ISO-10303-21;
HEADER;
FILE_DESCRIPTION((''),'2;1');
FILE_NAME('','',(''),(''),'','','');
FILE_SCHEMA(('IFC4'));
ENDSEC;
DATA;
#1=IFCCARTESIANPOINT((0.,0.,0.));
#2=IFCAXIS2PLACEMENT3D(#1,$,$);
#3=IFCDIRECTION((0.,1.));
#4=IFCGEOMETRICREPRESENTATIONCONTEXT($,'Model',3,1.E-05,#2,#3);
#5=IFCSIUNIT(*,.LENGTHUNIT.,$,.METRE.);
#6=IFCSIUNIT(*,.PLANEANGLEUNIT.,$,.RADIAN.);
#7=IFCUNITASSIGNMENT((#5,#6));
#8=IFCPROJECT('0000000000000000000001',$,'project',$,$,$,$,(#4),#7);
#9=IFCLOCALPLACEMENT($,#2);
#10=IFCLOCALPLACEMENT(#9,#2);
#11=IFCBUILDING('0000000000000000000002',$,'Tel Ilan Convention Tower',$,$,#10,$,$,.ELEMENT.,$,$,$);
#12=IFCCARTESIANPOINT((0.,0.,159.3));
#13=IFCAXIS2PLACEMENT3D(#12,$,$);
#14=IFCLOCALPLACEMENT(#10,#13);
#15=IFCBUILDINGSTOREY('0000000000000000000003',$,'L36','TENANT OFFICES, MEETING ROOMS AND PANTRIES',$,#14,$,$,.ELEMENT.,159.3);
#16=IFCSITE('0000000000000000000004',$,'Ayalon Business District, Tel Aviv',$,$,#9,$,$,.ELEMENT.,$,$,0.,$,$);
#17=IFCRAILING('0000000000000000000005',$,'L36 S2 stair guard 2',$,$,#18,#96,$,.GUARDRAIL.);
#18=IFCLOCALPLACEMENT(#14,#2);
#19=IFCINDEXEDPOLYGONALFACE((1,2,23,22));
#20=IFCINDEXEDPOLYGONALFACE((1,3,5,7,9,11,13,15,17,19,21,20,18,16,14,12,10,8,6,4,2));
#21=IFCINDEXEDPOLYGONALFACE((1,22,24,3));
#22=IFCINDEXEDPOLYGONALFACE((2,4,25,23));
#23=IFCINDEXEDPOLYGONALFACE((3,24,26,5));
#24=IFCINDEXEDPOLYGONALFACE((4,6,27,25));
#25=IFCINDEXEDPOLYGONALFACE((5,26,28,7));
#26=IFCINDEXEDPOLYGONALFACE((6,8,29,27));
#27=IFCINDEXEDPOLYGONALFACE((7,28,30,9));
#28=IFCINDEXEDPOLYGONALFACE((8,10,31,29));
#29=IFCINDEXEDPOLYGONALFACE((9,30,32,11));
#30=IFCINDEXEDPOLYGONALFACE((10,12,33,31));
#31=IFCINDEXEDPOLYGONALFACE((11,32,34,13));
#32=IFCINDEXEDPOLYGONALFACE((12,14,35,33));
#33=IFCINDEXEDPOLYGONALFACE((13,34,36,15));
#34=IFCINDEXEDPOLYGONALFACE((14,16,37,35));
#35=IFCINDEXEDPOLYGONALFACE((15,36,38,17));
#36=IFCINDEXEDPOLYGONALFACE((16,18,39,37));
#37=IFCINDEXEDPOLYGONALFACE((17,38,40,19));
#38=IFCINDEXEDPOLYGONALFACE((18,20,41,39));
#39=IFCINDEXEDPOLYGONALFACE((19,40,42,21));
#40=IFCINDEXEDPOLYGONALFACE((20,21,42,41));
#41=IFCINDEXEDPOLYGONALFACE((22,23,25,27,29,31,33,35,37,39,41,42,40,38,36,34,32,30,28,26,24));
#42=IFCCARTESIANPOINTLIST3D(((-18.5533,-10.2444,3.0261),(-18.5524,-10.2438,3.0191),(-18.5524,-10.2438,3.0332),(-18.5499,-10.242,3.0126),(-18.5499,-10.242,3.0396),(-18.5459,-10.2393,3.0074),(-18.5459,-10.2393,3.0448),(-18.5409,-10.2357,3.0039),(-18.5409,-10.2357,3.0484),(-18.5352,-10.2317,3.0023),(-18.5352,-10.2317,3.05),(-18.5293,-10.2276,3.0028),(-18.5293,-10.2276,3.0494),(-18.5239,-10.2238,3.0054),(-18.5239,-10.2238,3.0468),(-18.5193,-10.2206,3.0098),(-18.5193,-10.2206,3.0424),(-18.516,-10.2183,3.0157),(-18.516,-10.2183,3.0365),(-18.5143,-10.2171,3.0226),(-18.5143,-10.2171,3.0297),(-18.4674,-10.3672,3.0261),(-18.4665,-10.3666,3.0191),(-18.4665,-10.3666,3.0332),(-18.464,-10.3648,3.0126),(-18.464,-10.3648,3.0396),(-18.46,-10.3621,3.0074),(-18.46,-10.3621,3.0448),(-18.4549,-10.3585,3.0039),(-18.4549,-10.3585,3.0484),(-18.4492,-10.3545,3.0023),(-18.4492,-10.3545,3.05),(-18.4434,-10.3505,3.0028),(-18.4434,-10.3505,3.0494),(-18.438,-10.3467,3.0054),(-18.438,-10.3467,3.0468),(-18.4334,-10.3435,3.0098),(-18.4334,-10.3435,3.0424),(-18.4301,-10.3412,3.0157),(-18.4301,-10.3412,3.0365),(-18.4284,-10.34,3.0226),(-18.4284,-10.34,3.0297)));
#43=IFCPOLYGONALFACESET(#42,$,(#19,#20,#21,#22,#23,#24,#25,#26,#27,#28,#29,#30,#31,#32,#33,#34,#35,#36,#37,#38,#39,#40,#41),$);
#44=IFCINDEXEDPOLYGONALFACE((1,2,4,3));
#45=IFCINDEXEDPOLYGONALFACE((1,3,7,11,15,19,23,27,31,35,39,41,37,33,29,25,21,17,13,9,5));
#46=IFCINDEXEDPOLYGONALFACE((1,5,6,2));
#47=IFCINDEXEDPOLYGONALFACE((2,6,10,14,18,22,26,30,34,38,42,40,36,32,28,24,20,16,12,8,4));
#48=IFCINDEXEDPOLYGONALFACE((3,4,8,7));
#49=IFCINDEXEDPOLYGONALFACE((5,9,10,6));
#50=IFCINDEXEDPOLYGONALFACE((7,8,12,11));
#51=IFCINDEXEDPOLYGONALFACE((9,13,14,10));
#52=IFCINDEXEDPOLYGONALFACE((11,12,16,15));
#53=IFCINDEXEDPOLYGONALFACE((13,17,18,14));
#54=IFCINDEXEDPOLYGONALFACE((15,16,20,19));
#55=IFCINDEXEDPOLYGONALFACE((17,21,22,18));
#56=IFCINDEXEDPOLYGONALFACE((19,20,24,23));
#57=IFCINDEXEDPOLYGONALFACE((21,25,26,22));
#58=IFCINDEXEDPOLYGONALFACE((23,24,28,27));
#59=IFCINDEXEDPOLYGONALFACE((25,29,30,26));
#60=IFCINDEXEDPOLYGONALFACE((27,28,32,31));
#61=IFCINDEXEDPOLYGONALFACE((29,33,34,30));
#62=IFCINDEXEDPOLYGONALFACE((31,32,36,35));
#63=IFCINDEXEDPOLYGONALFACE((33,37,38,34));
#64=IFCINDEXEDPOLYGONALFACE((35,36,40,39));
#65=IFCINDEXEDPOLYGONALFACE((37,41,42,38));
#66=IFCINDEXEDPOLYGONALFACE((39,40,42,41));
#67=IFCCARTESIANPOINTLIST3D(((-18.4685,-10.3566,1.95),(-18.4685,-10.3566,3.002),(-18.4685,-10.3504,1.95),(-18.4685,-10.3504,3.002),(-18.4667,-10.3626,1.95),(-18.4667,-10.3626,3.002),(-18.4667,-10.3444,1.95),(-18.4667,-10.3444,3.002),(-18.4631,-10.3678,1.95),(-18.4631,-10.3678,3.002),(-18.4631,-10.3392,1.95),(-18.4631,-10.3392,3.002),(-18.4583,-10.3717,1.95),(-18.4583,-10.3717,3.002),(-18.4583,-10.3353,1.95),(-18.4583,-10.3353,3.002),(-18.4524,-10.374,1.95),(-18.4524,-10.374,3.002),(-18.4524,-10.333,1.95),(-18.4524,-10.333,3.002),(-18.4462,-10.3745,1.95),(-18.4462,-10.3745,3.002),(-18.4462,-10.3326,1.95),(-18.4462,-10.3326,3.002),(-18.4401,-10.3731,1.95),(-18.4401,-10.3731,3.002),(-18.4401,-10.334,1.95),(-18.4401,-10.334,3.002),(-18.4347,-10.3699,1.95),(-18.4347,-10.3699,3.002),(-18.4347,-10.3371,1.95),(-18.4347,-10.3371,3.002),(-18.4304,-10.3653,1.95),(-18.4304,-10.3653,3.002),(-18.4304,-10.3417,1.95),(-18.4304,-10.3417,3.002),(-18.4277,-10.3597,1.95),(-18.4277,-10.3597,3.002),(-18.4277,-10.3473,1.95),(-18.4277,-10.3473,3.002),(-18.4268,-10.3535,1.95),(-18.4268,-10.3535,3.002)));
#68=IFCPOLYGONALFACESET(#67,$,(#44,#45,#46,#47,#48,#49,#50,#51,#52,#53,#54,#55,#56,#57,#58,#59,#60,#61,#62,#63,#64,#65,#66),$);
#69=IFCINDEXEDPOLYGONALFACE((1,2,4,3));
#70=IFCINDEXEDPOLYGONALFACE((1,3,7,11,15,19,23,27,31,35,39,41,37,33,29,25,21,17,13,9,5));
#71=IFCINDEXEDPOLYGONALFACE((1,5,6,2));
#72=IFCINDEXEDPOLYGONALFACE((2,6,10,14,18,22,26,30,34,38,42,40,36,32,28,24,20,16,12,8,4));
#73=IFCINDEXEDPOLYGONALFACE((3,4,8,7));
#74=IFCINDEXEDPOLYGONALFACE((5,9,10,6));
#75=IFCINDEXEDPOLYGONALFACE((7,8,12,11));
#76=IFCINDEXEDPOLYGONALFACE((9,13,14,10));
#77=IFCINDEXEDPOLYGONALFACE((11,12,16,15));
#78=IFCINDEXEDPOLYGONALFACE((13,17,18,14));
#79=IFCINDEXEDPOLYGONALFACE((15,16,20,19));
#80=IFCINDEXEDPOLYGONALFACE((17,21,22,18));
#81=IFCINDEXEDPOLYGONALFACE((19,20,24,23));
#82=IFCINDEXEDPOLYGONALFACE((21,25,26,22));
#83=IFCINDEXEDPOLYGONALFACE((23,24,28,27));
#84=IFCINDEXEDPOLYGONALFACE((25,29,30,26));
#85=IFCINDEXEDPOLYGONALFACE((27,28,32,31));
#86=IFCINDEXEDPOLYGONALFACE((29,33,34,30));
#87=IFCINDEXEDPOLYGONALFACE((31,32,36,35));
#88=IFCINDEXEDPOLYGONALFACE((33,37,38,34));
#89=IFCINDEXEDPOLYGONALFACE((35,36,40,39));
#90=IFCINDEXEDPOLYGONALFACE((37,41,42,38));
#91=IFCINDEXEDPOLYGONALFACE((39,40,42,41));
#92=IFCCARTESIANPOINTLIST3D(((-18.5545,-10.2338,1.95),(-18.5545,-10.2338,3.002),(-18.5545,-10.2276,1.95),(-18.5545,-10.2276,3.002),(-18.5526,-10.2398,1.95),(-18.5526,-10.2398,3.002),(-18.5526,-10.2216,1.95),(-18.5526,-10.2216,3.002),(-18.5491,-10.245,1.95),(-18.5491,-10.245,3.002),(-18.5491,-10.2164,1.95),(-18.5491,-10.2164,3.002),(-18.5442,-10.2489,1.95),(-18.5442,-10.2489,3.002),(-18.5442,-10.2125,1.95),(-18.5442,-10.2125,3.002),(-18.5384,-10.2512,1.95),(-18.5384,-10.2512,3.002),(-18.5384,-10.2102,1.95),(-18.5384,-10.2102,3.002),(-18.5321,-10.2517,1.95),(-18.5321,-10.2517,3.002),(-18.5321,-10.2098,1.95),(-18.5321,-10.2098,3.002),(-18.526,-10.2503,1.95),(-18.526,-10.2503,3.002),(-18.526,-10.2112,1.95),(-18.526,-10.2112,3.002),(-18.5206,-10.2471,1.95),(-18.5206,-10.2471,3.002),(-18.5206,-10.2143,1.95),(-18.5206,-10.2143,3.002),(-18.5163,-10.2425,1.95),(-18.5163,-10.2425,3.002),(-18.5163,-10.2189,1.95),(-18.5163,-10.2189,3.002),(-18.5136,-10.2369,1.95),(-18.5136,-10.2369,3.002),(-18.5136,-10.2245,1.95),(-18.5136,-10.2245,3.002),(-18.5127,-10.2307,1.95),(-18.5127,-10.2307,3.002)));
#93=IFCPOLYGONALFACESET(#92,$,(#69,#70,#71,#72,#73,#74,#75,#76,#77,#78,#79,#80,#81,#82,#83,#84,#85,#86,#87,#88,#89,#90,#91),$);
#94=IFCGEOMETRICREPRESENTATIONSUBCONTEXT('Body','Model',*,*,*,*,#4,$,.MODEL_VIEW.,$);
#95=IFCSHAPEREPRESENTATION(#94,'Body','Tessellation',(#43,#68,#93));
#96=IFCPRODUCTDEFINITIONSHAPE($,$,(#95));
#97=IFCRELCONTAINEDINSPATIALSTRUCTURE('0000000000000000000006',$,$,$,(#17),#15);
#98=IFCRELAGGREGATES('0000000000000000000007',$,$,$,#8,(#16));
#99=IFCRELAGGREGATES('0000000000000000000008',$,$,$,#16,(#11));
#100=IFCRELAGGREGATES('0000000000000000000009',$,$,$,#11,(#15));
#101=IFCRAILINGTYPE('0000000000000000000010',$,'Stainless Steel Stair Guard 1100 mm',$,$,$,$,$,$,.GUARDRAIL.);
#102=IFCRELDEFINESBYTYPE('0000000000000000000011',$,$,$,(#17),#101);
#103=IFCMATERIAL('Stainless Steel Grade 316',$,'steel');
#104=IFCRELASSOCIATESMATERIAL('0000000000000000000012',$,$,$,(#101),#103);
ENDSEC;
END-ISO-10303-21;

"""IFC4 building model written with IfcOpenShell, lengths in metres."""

from ifc_helpers import new_model, si_unit, direction, frame, origin, origin_2d, place, context, subcontext, project, spatial, circle, extrude, material, type_object, element, save


model = new_model("IFC4")

# Units and contexts
model_context = context("Model", 3, precision=1e-05, world=origin(), true_north=direction((0.0, 1.0)))
body_context = subcontext(model_context, "Body", "Model", "MODEL_VIEW")
ifc_project = project(units=[si_unit("LENGTHUNIT", "METRE"), si_unit("PLANEANGLEUNIT", "RADIAN")], contexts=[model_context])

# Site, building, storey
site_placement = place(None, origin())
site = spatial("IfcSite", under=ifc_project, at=site_placement, Name="Ayalon Business District, Tel Aviv", CompositionType="ELEMENT", RefElevation=0.0)
building_placement = place(site_placement, origin())
building = spatial("IfcBuilding", under=site, at=building_placement, Name="Tel Ilan Convention Tower", CompositionType="ELEMENT")
storey_placement = place(building_placement, frame((0.0, 0.0, 159.3)))
storey = spatial("IfcBuildingStorey", under=building, at=storey_placement, Name="L36", Description="TENANT OFFICES, MEETING ROOMS AND PANTRIES", CompositionType="ELEMENT", Elevation=159.3)

# Railing
ifc_material_1 = material(Name="Stainless Steel Grade 316", Category="steel")
railing_type_1 = type_object("IfcRailingType", Name="Stainless Steel Stair Guard 1100 mm", PredefinedType="GUARDRAIL", material=ifc_material_1)
railing_1_placement = place(storey_placement, frame((-18.4478, -10.3535, 1.95)))
element("IfcRailing", 1, at=railing_1_placement, inside=storey, type_object=railing_type_1, Name="L36 S2 stair guard 2", PredefinedType="GUARDRAIL", context=body_context, shape_type="SweptSolid", body=[
    extrude(circle(Radius=0.0239, at=origin_2d()), frame((0.0, 0.0, 1.0762), z_axis=(-0.573353, 0.819308, 0.0), x_axis=(-0.819308, -0.573353, 0.0)), (0.0, 0.0, 1.0), 0.1499),
    extrude(circle(Radius=0.021, at=origin_2d()), origin(), (0.0, 0.0, 1.0), 1.052),
    extrude(circle(Radius=0.021, at=origin_2d()), frame((-0.0859, 0.1228, 0.0)), (0.0, 0.0, 1.0), 1.052),
])

save(model, "model.ifc")
